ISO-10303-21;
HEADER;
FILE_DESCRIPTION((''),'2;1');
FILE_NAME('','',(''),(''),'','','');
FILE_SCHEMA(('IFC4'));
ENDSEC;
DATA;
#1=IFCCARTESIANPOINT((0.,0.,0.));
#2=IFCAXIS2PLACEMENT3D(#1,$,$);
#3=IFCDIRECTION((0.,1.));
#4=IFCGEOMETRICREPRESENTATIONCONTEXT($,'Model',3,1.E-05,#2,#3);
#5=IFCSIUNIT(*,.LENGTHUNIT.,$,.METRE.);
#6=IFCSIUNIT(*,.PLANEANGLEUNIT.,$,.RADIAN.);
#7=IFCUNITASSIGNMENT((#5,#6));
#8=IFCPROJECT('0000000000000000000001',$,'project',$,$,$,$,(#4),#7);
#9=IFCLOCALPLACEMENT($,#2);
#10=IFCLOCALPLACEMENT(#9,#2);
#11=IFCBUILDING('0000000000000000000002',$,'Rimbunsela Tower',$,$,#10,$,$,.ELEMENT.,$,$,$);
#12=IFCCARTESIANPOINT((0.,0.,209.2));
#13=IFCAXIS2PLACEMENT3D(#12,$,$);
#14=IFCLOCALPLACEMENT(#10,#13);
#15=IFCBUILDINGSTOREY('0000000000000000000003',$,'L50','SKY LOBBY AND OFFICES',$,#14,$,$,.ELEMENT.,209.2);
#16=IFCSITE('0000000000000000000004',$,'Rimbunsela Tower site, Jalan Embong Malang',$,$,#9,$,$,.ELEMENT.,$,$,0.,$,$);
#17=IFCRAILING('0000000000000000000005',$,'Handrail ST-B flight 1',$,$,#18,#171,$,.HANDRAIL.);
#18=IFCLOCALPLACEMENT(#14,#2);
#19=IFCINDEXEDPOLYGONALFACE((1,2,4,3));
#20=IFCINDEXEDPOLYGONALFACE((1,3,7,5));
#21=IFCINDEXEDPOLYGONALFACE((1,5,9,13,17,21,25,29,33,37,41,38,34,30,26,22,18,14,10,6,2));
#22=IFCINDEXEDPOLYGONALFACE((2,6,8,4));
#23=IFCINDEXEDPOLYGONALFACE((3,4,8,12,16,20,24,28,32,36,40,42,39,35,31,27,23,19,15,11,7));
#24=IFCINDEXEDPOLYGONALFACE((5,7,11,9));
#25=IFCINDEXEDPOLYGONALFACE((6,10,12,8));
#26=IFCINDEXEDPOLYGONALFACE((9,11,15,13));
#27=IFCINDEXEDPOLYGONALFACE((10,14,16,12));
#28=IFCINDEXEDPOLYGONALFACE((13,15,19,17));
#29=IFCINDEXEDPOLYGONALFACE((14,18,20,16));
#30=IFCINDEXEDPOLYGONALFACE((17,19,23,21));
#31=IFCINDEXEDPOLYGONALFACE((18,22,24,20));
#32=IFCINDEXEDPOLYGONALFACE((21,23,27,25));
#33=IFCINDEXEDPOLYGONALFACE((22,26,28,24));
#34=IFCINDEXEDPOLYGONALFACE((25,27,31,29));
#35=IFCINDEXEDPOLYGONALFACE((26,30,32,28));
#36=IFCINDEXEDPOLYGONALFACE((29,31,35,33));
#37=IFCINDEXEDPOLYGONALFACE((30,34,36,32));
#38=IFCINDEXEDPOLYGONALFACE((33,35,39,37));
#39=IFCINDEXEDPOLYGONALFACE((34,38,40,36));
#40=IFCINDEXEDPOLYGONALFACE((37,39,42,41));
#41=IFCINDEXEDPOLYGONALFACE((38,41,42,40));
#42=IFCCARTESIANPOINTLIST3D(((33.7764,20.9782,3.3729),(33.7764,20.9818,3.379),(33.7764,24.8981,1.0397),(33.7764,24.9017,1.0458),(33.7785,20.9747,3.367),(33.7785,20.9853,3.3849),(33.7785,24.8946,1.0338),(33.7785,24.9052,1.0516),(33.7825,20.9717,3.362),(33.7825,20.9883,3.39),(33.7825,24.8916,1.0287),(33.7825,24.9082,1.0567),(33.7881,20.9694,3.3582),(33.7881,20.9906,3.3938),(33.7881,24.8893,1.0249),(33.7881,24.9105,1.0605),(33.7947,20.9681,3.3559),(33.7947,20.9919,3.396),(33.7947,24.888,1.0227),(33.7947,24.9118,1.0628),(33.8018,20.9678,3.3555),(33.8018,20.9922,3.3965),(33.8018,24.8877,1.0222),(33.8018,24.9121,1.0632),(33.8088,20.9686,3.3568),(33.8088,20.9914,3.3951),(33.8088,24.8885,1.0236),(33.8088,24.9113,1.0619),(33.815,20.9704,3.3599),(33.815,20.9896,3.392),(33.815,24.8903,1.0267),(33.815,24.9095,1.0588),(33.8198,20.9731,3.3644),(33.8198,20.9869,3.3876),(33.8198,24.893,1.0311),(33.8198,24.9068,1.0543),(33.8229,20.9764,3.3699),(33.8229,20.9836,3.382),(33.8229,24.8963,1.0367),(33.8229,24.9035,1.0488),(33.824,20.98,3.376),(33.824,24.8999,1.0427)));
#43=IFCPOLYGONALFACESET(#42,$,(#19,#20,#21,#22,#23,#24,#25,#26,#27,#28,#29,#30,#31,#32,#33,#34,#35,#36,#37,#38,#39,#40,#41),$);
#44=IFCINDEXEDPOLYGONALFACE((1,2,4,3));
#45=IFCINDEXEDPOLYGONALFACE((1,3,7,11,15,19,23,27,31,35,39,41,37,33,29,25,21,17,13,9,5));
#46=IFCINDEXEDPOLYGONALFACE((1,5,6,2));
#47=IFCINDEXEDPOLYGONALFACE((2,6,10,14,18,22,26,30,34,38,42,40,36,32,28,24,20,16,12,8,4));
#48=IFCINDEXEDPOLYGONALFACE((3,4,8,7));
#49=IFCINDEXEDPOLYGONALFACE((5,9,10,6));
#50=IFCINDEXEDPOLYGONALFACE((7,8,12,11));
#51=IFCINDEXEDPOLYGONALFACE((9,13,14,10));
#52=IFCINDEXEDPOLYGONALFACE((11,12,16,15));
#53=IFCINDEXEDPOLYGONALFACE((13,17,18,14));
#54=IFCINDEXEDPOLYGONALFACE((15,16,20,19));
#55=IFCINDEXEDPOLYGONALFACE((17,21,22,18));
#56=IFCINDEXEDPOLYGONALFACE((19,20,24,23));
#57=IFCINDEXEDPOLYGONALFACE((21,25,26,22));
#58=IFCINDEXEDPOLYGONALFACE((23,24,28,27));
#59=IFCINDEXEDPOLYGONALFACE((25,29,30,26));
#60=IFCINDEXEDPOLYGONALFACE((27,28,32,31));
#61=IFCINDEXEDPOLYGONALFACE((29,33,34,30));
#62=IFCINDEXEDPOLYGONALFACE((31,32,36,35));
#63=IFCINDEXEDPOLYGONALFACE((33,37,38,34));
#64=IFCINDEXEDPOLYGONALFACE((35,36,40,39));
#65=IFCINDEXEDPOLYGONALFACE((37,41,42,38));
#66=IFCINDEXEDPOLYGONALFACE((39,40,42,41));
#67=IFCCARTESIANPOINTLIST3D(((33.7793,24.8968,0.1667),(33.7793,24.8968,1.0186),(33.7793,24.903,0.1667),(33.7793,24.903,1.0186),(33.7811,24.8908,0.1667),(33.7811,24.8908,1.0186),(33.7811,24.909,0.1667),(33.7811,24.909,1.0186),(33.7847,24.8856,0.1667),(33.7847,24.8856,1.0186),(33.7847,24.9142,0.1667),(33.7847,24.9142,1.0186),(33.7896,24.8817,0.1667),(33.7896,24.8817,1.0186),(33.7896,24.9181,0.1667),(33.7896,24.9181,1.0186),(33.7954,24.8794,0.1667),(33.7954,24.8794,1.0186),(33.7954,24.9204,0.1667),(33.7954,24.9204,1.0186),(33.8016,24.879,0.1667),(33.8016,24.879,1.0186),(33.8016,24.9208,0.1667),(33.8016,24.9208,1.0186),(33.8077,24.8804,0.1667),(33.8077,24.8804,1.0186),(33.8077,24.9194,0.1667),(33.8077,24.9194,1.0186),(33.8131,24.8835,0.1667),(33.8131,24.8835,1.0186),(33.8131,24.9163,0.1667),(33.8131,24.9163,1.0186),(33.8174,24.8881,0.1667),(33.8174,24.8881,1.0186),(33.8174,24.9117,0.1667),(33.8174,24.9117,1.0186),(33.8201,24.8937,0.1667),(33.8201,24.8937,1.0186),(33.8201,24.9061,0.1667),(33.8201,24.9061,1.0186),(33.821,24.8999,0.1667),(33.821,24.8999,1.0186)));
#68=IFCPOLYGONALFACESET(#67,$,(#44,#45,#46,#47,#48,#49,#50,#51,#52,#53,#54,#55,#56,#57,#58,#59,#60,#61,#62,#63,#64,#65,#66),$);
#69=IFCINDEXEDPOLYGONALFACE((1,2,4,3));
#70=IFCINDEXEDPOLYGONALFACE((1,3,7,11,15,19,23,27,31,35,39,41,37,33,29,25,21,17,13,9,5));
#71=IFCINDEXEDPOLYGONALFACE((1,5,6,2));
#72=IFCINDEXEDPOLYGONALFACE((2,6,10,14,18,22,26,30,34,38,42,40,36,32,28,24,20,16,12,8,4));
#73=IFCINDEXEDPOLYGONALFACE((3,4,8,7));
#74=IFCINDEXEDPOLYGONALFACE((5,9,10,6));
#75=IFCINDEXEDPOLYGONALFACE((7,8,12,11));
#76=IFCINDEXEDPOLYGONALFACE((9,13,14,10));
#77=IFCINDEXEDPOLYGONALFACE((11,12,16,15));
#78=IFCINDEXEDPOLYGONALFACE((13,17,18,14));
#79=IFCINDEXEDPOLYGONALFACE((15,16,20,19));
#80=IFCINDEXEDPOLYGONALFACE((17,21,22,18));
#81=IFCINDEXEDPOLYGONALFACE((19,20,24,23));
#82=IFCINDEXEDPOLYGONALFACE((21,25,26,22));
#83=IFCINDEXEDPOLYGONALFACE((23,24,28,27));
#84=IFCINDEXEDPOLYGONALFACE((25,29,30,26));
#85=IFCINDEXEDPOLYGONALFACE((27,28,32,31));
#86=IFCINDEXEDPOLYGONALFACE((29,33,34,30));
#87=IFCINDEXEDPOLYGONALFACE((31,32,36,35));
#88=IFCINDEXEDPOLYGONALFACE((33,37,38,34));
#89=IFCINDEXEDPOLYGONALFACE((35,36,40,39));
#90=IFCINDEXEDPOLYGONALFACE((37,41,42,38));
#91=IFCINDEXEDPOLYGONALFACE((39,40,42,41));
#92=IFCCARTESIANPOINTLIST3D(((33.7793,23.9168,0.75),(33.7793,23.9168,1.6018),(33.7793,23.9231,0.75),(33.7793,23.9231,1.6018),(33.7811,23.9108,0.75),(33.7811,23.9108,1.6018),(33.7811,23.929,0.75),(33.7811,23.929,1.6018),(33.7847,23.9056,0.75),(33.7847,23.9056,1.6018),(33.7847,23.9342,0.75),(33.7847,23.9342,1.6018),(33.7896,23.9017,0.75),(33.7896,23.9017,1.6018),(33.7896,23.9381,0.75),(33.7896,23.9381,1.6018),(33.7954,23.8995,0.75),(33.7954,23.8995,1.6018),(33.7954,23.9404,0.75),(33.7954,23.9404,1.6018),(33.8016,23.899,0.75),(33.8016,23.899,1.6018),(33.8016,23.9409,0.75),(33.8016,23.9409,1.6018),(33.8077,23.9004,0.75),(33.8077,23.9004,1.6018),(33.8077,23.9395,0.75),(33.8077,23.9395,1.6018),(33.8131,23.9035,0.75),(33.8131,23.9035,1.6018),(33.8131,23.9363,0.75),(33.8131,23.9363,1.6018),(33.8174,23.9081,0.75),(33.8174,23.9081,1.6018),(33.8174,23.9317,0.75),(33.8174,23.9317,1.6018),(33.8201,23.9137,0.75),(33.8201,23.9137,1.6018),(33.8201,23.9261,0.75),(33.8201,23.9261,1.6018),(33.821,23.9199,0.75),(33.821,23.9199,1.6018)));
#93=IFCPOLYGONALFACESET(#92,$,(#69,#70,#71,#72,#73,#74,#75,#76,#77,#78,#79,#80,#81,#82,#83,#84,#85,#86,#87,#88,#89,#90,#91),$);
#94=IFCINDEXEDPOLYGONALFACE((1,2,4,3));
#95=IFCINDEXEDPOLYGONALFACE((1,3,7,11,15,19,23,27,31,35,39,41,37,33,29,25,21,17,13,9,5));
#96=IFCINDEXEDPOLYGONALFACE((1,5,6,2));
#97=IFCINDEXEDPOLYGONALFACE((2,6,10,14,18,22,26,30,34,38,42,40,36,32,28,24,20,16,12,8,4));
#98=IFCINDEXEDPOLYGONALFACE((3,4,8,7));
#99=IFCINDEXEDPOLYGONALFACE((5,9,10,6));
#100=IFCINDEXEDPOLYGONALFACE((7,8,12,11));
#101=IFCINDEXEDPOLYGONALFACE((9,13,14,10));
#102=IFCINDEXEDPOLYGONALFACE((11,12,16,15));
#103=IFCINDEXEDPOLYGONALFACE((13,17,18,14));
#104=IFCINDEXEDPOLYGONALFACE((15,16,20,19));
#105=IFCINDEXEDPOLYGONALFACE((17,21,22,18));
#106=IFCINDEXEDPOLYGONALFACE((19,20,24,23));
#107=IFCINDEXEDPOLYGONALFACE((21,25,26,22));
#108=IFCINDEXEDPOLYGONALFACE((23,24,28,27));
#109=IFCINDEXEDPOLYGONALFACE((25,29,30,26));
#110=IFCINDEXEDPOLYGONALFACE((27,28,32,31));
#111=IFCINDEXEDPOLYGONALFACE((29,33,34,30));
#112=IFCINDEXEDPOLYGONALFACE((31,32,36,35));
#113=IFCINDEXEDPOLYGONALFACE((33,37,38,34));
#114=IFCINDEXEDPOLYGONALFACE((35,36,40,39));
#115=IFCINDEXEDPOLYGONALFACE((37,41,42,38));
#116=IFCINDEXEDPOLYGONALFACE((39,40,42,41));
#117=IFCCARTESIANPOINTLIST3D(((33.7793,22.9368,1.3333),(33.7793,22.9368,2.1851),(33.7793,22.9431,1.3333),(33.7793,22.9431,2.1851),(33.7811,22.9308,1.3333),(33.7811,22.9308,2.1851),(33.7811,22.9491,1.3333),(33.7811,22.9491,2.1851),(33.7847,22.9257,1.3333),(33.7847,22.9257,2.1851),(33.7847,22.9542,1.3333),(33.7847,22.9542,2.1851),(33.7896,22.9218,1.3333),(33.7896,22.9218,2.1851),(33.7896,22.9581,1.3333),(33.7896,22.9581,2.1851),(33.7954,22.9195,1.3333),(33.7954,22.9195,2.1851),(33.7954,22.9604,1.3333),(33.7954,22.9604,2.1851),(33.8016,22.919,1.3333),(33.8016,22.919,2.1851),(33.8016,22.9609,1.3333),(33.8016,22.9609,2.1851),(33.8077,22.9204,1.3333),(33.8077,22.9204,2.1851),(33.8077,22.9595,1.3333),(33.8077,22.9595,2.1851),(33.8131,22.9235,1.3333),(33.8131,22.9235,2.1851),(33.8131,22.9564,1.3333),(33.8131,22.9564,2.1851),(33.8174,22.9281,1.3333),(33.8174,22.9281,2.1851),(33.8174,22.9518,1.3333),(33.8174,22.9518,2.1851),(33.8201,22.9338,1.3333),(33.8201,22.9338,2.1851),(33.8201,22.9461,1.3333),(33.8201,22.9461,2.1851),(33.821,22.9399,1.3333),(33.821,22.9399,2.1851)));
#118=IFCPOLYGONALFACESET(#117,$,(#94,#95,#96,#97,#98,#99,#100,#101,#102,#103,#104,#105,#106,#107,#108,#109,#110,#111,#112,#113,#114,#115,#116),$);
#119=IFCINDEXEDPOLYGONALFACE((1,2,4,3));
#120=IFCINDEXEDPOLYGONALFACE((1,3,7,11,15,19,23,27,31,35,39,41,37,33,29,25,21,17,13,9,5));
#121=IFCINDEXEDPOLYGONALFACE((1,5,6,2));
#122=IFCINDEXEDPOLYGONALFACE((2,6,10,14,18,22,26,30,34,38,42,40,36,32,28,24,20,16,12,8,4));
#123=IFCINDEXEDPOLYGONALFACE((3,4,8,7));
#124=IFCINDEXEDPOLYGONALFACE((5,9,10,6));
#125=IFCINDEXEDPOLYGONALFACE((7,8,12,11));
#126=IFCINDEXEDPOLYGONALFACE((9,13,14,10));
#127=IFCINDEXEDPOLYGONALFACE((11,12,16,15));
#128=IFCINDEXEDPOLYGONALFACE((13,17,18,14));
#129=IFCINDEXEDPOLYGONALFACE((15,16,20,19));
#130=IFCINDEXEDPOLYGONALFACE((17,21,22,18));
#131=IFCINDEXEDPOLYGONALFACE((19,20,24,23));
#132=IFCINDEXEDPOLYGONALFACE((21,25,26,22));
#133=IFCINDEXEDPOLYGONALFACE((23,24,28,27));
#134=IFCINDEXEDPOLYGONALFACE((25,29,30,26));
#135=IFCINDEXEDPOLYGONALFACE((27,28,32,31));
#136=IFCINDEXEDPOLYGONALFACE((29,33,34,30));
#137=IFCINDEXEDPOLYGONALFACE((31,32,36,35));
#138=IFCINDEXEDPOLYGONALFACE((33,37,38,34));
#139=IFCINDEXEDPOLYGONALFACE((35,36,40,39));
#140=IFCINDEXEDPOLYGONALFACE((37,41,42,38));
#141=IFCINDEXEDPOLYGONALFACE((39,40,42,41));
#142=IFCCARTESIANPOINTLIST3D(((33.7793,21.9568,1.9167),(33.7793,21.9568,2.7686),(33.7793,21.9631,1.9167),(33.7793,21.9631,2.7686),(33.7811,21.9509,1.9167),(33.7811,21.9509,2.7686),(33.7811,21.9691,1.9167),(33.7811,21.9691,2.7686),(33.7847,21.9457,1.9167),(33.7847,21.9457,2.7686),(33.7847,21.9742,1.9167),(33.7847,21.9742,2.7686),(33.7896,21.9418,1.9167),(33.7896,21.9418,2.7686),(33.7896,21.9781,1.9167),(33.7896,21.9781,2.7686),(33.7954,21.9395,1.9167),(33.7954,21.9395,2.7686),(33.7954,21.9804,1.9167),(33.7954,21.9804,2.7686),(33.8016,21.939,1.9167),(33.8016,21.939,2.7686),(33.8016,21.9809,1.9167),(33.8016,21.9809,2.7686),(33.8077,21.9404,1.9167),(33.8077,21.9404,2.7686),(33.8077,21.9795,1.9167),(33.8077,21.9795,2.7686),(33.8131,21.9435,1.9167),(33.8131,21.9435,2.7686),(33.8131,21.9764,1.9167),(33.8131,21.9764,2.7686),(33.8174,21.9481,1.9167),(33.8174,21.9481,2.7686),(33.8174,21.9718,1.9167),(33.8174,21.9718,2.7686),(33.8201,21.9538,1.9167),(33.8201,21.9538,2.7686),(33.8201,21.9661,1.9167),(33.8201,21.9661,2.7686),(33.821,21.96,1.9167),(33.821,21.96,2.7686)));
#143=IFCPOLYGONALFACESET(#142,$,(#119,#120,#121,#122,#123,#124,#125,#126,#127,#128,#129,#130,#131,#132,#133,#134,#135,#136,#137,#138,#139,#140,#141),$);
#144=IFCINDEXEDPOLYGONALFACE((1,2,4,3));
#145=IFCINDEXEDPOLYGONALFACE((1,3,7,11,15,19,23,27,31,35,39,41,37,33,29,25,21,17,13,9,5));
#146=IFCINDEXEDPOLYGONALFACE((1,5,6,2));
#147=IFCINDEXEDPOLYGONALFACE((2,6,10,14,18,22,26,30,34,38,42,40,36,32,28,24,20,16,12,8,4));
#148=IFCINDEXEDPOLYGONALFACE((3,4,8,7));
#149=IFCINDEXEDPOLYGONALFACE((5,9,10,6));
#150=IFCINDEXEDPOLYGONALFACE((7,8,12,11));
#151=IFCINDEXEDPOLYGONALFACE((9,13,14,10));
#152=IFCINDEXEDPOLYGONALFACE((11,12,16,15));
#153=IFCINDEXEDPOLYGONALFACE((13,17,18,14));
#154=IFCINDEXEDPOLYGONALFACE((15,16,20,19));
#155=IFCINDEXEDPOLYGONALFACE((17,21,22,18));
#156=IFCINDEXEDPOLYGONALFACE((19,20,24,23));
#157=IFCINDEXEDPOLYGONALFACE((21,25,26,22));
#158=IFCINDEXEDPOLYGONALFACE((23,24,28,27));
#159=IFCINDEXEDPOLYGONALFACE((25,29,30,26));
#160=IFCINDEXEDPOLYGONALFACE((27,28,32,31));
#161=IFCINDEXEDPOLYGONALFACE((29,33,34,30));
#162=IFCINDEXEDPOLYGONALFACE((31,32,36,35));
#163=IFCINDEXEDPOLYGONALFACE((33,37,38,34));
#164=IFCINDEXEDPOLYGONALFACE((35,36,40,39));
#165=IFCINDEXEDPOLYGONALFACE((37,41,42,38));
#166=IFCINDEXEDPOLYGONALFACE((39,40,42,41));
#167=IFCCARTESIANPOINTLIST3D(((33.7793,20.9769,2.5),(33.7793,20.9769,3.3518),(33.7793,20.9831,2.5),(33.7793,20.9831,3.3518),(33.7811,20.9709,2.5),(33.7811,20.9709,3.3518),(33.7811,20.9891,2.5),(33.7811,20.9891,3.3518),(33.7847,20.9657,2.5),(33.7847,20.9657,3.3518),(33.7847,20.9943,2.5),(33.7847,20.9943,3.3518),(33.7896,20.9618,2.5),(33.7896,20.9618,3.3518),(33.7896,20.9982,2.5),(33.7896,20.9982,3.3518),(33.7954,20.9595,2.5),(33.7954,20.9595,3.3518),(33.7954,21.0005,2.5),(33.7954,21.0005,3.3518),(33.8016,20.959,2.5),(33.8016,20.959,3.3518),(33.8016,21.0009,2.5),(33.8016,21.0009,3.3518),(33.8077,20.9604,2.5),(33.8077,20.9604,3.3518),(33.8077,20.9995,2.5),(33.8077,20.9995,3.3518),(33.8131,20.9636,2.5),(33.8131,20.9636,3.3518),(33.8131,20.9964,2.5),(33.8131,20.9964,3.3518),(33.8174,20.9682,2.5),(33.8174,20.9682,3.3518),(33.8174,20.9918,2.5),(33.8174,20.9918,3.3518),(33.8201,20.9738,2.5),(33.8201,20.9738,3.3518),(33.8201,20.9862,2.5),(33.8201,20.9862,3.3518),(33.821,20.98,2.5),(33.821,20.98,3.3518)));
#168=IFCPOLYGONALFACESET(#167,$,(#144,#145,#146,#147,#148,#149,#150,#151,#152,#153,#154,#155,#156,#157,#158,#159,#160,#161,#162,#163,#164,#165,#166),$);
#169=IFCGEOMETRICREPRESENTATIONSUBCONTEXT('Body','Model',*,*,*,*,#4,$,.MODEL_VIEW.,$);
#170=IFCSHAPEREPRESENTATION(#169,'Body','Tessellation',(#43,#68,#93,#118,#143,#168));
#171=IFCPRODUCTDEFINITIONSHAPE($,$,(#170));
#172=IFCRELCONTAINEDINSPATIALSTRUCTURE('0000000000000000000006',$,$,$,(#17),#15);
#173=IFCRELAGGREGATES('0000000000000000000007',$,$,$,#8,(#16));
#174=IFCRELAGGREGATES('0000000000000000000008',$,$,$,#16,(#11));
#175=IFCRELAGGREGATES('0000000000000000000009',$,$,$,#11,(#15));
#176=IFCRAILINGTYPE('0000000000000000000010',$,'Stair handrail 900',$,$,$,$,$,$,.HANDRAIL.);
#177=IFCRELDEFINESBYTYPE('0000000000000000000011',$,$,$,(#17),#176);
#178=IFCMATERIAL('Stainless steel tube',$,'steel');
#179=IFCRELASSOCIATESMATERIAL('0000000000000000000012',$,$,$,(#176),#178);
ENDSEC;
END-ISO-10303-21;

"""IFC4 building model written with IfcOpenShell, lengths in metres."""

from ifc_helpers import new_model, si_unit, direction, frame, origin, origin_2d, place, context, subcontext, project, spatial, circle, extrude, material, type_object, element, save


model = new_model("IFC4")

# Units and contexts
model_context = context("Model", 3, precision=1e-05, world=origin(), true_north=direction((0.0, 1.0)))
body_context = subcontext(model_context, "Body", "Model", "MODEL_VIEW")
ifc_project = project(units=[si_unit("LENGTHUNIT", "METRE"), si_unit("PLANEANGLEUNIT", "RADIAN")], contexts=[model_context])

# Site, building, storey
site_placement = place(None, origin())
site = spatial("IfcSite", under=ifc_project, at=site_placement, Name="Rimbunsela Tower site, Jalan Embong Malang", CompositionType="ELEMENT", RefElevation=0.0)
building_placement = place(site_placement, origin())
building = spatial("IfcBuilding", under=site, at=building_placement, Name="Rimbunsela Tower", CompositionType="ELEMENT")
storey_placement = place(building_placement, frame((0.0, 0.0, 209.2)))
storey = spatial("IfcBuildingStorey", under=building, at=storey_placement, Name="L50", Description="SKY LOBBY AND OFFICES", CompositionType="ELEMENT", Elevation=209.2)

# Railing
ifc_material_1 = material(Name="Stainless steel tube", Category="steel")
railing_type = type_object("IfcRailingType", Name="Stair handrail 900", PredefinedType="HANDRAIL", material=ifc_material_1)
railing_1_placement = place(storey_placement, frame((33.8, 24.8999, 0.1667)))
element("IfcRailing", 1, at=railing_1_placement, inside=storey, type_object=railing_type, Name="Handrail ST-B flight 1", PredefinedType="HANDRAIL", context=body_context, shape_type="SweptSolid", body=[
    extrude(circle(Radius=0.0239, at=origin_2d()), frame((0.0, 0.0, 0.876), z_axis=(0.0, -0.859296, 0.511478), x_axis=(1.0, 0.0, 0.0)), (0.0, 0.0, 1.0), 4.5618),
    extrude(circle(Radius=0.021, at=origin_2d()), origin(), (0.0, 0.0, 1.0), 0.8518),
    extrude(circle(Radius=0.021, at=origin_2d()), frame((0.0, -0.98, 0.5833)), (0.0, 0.0, 1.0), 0.8518),
    extrude(circle(Radius=0.021, at=origin_2d()), frame((0.0, -1.96, 1.1665)), (0.0, 0.0, 1.0), 0.8518),
    extrude(circle(Radius=0.021, at=origin_2d()), frame((0.0, -2.9399, 1.75)), (0.0, 0.0, 1.0), 0.8518),
    extrude(circle(Radius=0.021, at=origin_2d()), frame((0.0, -3.9199, 2.3333)), (0.0, 0.0, 1.0), 0.8518),
])

save(model, "model.ifc")
